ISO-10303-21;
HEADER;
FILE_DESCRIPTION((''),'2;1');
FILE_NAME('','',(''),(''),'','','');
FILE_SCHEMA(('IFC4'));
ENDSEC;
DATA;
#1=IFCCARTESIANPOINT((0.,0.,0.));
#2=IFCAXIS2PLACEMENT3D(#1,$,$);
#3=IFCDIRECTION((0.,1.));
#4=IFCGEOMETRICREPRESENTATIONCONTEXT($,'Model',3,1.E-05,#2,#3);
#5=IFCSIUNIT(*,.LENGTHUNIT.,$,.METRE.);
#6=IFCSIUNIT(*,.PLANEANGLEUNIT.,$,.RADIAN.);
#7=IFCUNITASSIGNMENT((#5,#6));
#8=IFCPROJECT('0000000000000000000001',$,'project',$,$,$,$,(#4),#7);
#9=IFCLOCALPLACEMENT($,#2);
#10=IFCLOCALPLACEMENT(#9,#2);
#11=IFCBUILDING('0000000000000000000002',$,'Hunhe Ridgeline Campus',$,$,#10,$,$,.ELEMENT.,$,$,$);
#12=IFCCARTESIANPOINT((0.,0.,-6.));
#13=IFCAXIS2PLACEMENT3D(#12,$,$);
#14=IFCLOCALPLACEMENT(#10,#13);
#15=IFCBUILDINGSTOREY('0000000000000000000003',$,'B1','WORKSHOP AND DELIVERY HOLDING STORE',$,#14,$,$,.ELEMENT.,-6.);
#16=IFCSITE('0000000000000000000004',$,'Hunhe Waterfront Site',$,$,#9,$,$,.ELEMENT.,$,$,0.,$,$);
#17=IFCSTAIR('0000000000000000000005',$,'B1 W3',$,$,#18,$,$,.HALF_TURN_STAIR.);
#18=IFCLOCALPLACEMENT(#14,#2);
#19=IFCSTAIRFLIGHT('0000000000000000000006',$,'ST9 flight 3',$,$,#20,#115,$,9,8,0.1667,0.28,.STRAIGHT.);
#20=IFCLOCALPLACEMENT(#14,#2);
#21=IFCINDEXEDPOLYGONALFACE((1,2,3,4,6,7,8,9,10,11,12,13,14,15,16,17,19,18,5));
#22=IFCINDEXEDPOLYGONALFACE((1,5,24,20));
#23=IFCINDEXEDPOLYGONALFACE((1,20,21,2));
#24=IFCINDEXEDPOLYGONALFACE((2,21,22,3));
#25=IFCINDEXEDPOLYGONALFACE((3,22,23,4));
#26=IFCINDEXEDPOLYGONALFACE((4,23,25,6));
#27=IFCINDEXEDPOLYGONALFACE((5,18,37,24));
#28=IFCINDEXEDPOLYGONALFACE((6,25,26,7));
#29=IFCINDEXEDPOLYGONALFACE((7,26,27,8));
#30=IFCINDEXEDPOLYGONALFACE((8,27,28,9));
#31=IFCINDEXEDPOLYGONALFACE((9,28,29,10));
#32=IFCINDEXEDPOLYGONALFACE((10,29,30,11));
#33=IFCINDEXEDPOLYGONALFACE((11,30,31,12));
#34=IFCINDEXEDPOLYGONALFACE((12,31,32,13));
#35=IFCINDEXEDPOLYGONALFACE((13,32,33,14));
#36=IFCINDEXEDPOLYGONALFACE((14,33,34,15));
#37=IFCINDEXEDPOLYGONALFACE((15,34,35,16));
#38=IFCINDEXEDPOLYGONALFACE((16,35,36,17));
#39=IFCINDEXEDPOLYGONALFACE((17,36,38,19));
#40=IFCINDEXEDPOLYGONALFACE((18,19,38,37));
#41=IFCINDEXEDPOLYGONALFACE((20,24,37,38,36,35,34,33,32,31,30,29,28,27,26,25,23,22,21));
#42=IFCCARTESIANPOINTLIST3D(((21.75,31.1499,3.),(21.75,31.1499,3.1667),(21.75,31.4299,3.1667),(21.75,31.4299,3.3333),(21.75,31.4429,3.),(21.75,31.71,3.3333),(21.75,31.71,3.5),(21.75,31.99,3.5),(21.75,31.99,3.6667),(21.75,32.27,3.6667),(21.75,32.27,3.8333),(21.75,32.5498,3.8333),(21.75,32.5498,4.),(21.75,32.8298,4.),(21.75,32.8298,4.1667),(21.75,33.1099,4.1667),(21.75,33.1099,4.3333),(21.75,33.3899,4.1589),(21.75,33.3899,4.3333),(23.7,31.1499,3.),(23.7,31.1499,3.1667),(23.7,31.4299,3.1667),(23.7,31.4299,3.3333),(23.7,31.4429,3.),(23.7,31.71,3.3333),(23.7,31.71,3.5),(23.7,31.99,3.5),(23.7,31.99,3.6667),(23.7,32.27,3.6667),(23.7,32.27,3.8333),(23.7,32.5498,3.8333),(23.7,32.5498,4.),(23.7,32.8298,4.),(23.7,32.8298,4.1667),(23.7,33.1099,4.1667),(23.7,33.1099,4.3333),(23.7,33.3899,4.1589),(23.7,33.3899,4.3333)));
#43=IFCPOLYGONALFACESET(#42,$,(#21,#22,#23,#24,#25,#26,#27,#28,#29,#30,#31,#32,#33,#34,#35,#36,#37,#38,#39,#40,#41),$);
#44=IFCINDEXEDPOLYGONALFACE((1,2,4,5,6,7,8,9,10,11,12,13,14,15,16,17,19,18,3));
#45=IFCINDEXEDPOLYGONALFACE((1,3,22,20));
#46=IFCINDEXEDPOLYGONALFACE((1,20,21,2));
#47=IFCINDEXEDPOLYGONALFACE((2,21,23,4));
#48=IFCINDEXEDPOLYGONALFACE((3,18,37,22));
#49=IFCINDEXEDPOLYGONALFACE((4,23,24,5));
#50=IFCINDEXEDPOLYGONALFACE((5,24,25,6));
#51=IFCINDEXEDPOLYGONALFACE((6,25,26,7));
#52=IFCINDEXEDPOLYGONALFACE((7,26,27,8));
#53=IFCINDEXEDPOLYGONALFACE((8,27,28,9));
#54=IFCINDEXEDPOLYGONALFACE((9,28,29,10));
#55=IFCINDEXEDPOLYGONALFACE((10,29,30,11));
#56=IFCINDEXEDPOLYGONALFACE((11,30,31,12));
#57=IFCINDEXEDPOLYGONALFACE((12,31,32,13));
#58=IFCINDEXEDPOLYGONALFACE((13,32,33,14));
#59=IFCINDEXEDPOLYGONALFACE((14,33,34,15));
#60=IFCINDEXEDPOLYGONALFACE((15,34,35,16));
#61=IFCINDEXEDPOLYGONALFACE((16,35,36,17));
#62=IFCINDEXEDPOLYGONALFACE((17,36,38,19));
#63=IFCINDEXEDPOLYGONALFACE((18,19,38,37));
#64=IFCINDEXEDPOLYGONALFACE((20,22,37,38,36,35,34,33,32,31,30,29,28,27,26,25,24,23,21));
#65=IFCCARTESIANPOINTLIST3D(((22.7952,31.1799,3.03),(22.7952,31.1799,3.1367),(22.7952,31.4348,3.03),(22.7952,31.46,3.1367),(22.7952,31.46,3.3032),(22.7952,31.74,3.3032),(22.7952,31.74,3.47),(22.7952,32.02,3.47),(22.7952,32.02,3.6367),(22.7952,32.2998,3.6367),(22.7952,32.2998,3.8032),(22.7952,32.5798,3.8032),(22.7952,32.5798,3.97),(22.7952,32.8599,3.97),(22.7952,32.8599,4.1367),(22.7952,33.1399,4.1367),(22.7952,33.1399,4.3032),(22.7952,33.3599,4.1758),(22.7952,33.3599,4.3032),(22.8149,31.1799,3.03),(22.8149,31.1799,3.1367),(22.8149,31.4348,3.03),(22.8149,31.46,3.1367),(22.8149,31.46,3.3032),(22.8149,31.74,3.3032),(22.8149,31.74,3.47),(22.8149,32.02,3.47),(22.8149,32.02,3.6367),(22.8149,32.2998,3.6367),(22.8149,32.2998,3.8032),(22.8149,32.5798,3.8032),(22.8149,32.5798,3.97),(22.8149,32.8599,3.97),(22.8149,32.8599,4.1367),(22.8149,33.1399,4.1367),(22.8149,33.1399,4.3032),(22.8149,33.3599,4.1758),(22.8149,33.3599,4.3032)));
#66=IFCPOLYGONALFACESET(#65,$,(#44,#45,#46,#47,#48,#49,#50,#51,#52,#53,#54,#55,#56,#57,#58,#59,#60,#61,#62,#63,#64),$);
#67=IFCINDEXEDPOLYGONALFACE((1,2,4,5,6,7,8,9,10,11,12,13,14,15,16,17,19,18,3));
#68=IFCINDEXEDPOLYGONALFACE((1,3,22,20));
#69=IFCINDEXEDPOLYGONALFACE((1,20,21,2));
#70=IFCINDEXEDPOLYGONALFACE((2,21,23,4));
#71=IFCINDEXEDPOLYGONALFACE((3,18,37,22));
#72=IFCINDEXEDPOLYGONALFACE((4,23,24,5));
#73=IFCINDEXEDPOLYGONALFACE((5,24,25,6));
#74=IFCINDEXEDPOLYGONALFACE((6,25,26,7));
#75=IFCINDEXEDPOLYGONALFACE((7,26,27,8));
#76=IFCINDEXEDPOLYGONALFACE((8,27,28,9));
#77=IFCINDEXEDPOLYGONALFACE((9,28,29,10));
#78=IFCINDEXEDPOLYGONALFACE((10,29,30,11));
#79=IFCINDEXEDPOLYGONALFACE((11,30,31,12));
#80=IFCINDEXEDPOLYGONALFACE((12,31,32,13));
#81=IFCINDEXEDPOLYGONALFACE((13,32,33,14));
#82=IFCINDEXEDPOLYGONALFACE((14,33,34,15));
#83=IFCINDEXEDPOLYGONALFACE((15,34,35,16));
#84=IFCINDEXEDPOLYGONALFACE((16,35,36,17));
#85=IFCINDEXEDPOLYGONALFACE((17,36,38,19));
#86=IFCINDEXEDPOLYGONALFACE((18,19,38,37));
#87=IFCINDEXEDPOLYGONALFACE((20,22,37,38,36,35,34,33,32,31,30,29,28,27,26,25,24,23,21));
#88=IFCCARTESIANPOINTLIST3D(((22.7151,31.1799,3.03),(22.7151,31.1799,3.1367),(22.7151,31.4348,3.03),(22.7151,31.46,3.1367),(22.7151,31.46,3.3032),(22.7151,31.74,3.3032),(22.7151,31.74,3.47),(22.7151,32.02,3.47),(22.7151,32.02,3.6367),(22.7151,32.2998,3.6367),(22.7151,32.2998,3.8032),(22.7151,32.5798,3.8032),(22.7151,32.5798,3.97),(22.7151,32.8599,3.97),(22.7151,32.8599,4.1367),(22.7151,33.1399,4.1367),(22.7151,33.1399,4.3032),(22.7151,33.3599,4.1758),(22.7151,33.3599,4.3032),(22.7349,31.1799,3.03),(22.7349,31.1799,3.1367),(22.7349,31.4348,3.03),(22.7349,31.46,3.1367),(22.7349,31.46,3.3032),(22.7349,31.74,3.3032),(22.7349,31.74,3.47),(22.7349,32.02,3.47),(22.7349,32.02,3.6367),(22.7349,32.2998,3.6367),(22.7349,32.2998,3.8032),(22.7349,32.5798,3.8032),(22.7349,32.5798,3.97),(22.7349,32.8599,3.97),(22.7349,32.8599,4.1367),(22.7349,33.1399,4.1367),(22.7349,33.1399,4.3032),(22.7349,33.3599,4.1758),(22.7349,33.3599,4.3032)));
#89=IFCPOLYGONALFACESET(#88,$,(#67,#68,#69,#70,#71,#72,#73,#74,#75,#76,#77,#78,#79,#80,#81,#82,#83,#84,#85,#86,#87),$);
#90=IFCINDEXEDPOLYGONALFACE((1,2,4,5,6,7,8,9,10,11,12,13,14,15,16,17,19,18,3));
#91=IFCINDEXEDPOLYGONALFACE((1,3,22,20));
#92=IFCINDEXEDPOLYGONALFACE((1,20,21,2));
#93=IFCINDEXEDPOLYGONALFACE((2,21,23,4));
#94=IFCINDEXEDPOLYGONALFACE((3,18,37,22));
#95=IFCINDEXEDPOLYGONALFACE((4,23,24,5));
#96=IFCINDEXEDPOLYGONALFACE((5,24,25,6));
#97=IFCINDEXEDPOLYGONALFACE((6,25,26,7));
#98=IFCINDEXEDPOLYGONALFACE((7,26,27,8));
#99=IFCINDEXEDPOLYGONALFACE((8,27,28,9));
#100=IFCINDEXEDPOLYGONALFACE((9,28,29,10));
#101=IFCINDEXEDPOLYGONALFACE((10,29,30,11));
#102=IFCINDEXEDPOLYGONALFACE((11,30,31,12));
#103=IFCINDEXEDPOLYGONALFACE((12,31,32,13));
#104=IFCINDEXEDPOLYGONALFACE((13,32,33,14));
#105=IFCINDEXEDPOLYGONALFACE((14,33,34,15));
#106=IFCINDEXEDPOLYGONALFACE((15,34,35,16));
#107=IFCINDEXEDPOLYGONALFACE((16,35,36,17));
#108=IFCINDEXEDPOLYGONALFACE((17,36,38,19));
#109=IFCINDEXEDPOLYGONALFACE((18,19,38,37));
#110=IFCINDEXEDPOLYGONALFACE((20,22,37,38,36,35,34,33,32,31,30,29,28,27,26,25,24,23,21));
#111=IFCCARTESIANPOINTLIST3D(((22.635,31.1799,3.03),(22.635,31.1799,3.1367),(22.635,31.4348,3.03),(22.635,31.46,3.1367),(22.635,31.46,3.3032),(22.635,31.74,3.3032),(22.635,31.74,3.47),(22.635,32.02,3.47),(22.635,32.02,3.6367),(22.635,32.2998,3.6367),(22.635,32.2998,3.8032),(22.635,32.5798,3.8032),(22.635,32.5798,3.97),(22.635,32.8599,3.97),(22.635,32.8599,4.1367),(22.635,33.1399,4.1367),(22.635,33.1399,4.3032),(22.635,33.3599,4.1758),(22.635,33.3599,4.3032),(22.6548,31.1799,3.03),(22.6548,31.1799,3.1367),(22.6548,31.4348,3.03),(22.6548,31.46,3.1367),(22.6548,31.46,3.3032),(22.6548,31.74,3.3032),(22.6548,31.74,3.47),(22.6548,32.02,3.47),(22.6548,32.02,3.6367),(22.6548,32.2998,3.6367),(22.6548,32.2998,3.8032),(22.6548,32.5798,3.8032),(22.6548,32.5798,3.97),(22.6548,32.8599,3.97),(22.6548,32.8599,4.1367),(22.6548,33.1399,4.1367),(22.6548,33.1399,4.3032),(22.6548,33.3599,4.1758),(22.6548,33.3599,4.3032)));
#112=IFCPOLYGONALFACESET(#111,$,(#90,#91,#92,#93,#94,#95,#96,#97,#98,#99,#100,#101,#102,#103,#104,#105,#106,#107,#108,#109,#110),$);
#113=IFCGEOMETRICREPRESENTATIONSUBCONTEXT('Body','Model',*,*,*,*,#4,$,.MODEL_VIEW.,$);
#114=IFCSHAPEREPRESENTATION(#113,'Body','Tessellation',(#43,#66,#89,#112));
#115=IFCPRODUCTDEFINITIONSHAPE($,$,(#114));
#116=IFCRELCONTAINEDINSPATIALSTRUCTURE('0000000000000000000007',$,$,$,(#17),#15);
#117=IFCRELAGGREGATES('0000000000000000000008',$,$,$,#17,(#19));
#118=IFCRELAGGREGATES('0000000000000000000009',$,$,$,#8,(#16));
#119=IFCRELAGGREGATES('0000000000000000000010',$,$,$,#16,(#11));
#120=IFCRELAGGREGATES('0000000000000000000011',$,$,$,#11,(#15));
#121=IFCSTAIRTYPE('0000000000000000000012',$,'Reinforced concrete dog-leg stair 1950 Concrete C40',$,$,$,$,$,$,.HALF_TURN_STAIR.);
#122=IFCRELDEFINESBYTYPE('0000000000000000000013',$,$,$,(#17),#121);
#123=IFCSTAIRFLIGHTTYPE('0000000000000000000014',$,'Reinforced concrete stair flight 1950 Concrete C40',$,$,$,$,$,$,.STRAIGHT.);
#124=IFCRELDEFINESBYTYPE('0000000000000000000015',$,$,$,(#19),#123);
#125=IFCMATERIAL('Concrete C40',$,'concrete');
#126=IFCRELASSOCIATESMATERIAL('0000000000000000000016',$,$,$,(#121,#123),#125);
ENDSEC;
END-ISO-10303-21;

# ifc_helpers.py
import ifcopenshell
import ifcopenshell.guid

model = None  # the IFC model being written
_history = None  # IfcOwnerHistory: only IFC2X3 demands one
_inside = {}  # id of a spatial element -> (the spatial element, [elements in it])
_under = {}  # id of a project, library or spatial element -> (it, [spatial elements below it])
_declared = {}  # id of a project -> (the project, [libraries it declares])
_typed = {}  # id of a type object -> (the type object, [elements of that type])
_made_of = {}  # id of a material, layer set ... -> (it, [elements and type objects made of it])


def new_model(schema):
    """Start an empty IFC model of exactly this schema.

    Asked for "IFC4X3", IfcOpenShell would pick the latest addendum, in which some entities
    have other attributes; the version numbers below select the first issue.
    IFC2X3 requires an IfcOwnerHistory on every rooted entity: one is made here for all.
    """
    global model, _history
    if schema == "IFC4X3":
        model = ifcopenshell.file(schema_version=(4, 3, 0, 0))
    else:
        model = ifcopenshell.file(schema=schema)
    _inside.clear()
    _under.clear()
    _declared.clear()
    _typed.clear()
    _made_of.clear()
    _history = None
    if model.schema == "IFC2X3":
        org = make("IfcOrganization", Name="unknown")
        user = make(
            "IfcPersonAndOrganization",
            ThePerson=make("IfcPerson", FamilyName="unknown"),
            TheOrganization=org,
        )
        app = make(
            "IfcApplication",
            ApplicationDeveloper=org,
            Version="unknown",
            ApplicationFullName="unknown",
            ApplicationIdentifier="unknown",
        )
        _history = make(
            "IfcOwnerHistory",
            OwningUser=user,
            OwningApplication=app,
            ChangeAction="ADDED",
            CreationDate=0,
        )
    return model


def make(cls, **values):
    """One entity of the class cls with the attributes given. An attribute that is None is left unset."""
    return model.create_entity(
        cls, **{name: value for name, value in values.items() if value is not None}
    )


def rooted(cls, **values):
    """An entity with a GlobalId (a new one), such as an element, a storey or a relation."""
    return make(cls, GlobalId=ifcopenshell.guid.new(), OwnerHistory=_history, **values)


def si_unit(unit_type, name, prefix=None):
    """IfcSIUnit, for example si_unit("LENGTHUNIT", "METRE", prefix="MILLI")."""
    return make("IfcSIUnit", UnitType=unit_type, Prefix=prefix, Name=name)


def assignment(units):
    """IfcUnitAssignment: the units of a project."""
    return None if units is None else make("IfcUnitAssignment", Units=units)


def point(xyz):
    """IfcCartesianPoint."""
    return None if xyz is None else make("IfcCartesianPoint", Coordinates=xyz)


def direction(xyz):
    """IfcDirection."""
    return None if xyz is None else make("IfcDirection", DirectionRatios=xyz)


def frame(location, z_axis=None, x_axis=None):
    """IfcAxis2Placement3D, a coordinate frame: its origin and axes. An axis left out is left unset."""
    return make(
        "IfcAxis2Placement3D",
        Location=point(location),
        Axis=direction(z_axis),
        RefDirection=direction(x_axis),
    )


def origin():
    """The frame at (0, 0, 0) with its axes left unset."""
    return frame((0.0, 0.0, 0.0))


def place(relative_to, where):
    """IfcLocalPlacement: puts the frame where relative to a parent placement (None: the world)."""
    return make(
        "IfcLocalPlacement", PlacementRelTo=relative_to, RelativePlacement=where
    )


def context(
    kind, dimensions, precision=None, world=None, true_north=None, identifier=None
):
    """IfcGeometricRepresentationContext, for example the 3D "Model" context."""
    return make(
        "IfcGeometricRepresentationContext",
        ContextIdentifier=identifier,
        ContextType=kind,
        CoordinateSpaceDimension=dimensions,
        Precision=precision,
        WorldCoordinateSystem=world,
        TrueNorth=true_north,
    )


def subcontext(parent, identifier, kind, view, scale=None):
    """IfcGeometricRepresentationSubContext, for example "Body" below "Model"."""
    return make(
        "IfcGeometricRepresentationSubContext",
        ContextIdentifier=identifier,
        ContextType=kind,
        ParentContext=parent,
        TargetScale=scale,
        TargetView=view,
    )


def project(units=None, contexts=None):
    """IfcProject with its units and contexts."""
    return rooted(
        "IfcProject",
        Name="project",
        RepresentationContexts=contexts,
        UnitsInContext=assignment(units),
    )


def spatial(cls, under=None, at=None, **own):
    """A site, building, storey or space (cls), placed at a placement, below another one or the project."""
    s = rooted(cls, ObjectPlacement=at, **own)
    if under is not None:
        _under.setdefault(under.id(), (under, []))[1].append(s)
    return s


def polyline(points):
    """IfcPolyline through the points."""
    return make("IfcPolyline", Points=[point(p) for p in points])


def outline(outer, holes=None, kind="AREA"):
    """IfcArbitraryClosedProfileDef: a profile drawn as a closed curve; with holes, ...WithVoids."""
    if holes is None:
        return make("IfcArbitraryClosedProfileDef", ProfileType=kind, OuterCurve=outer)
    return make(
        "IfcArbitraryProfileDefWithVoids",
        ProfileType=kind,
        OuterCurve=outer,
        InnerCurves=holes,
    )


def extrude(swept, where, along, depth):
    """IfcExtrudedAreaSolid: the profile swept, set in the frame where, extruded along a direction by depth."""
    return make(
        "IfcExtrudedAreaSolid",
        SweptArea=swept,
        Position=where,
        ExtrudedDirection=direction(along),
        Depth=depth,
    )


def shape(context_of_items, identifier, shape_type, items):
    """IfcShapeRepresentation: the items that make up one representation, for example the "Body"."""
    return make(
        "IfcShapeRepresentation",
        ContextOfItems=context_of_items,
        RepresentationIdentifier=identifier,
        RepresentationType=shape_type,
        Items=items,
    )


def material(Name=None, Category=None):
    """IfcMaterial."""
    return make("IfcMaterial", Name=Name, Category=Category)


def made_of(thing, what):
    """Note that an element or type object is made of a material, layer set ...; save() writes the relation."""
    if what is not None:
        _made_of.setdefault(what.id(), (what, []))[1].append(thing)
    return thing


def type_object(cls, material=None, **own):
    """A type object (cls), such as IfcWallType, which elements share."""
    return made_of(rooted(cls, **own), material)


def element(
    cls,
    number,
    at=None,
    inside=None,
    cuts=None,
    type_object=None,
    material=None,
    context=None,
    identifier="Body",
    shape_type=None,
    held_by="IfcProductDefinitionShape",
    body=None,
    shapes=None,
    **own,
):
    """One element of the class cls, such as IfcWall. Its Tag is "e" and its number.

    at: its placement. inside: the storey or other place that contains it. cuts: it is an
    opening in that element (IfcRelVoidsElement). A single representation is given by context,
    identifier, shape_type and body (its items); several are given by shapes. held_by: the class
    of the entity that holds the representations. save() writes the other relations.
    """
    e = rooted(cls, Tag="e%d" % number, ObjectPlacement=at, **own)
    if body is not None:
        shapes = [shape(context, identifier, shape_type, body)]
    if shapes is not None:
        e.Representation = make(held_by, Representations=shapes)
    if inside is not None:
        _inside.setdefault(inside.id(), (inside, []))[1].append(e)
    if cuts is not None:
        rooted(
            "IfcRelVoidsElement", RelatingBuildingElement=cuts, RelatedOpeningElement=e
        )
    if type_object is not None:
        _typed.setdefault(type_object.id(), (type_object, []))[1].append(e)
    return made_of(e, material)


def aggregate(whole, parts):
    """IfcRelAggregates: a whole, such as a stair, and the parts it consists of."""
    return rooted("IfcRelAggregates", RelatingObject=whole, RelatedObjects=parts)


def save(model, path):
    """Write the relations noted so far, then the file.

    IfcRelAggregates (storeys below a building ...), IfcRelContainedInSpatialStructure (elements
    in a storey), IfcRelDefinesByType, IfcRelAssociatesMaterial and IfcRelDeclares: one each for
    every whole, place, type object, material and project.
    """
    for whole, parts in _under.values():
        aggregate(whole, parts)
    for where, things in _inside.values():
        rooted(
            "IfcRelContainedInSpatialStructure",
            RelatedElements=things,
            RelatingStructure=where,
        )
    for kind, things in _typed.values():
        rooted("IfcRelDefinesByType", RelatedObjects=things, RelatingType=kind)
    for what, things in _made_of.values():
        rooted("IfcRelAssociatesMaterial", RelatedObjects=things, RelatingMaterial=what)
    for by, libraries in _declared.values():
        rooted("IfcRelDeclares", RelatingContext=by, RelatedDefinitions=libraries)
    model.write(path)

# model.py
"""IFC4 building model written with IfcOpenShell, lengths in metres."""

from ifc_helpers import new_model, si_unit, direction, frame, origin, place, context, subcontext, project, spatial, polyline, outline, extrude, material, type_object, element, aggregate, save


model = new_model("IFC4")

# Units and contexts
model_context = context("Model", 3, precision=1e-05, world=origin(), true_north=direction((0.0, 1.0)))
body_context = subcontext(model_context, "Body", "Model", "MODEL_VIEW")
ifc_project = project(units=[si_unit("LENGTHUNIT", "METRE"), si_unit("PLANEANGLEUNIT", "RADIAN")], contexts=[model_context])

# Site, building, storey
site_placement = place(None, origin())
site = spatial("IfcSite", under=ifc_project, at=site_placement, Name="Hunhe Waterfront Site", CompositionType="ELEMENT", RefElevation=0.0)
building_placement = place(site_placement, origin())
building = spatial("IfcBuilding", under=site, at=building_placement, Name="Hunhe Ridgeline Campus", CompositionType="ELEMENT")
storey_placement = place(building_placement, frame((0.0, 0.0, -6.0)))
storey = spatial("IfcBuildingStorey", under=building, at=storey_placement, Name="B1", Description="WORKSHOP AND DELIVERY HOLDING STORE", CompositionType="ELEMENT", Elevation=-6.0)

# Stair, stair flight
ifc_material_1 = material(Name="Concrete C40", Category="concrete")
stair_type = type_object("IfcStairType", Name="Reinforced concrete dog-leg stair 1950 Concrete C40", PredefinedType="HALF_TURN_STAIR", material=ifc_material_1)
stair_placement = place(storey_placement, origin())
stair = element("IfcStair", 1, at=stair_placement, inside=storey, type_object=stair_type, Name="B1 W3", PredefinedType="HALF_TURN_STAIR")
stair_flight_type = type_object("IfcStairFlightType", Name="Reinforced concrete stair flight 1950 Concrete C40", PredefinedType="STRAIGHT", material=ifc_material_1)
stair_flight_1_placement = place(storey_placement, frame((22.7251, 31.1499, 3.0), z_axis=(0.0, 0.0, 1.0), x_axis=(0.0, 1.0, 0.0)))
stair_flight_1 = element("IfcStairFlight", 2, at=stair_flight_1_placement, type_object=stair_flight_type, Name="ST9 flight 3", NumberOfRisers=9, NumberOfTreads=8, PredefinedType="STRAIGHT", RiserHeight=0.1667, TreadLength=0.28, context=body_context, shape_type="SweptSolid", body=[
    extrude(outline(polyline([(0.0, 0.0), (0.0, 0.1667), (0.28, 0.1667), (0.28, 0.3333), (0.5601, 0.3333), (0.5601, 0.5), (0.8401, 0.5), (0.8401, 0.6667), (1.1201, 0.6667), (1.1201, 0.8333), (1.3999, 0.8333), (1.3999, 1.0), (1.6799, 1.0), (1.6799, 1.1667), (1.96, 1.1667), (1.96, 1.3333), (2.24, 1.3333), (2.24, 1.5), (2.24, 1.1589), (0.293, 0.0), (0.0, 0.0)])), frame((0.0, 0.9751, 0.0), z_axis=(0.0, -1.0, 0.0), x_axis=(1.0, 0.0, 0.0)), (0.0, 0.0, 1.0), 1.95),
    extrude(outline(polyline([(0.03, 0.03), (0.03, 0.1367), (0.3101, 0.1367), (0.3101, 0.3032), (0.5901, 0.3032), (0.5901, 0.47), (0.8701, 0.47), (0.8701, 0.6367), (1.1499, 0.6367), (1.1499, 0.8032), (1.4299, 0.8032), (1.4299, 0.97), (1.71, 0.97), (1.71, 1.1367), (1.99, 1.1367), (1.99, 1.3032), (2.21, 1.3032), (2.21, 1.1758), (0.2849, 0.03), (0.03, 0.03)])), frame((0.0, -0.0701, 0.0), z_axis=(0.0, -1.0, 0.0), x_axis=(1.0, 0.0, 0.0)), (0.0, 0.0, 1.0), 0.0198),
    extrude(outline(polyline([(0.03, 0.03), (0.03, 0.1367), (0.3101, 0.1367), (0.3101, 0.3032), (0.5901, 0.3032), (0.5901, 0.47), (0.8701, 0.47), (0.8701, 0.6367), (1.1499, 0.6367), (1.1499, 0.8032), (1.4299, 0.8032), (1.4299, 0.97), (1.71, 0.97), (1.71, 1.1367), (1.99, 1.1367), (1.99, 1.3032), (2.21, 1.3032), (2.21, 1.1758), (0.2849, 0.03), (0.03, 0.03)])), frame((0.0, 0.01, 0.0), z_axis=(0.0, -1.0, 0.0), x_axis=(1.0, 0.0, 0.0)), (0.0, 0.0, 1.0), 0.0198),
    extrude(outline(polyline([(0.03, 0.03), (0.03, 0.1367), (0.3101, 0.1367), (0.3101, 0.3032), (0.5901, 0.3032), (0.5901, 0.47), (0.8701, 0.47), (0.8701, 0.6367), (1.1499, 0.6367), (1.1499, 0.8032), (1.4299, 0.8032), (1.4299, 0.97), (1.71, 0.97), (1.71, 1.1367), (1.99, 1.1367), (1.99, 1.3032), (2.21, 1.3032), (2.21, 1.1758), (0.2849, 0.03), (0.03, 0.03)])), frame((0.0, 0.0901, 0.0), z_axis=(0.0, -1.0, 0.0), x_axis=(1.0, 0.0, 0.0)), (0.0, 0.0, 1.0), 0.0198),
])
aggregate(stair, [stair_flight_1])

save(model, "model.ifc")
